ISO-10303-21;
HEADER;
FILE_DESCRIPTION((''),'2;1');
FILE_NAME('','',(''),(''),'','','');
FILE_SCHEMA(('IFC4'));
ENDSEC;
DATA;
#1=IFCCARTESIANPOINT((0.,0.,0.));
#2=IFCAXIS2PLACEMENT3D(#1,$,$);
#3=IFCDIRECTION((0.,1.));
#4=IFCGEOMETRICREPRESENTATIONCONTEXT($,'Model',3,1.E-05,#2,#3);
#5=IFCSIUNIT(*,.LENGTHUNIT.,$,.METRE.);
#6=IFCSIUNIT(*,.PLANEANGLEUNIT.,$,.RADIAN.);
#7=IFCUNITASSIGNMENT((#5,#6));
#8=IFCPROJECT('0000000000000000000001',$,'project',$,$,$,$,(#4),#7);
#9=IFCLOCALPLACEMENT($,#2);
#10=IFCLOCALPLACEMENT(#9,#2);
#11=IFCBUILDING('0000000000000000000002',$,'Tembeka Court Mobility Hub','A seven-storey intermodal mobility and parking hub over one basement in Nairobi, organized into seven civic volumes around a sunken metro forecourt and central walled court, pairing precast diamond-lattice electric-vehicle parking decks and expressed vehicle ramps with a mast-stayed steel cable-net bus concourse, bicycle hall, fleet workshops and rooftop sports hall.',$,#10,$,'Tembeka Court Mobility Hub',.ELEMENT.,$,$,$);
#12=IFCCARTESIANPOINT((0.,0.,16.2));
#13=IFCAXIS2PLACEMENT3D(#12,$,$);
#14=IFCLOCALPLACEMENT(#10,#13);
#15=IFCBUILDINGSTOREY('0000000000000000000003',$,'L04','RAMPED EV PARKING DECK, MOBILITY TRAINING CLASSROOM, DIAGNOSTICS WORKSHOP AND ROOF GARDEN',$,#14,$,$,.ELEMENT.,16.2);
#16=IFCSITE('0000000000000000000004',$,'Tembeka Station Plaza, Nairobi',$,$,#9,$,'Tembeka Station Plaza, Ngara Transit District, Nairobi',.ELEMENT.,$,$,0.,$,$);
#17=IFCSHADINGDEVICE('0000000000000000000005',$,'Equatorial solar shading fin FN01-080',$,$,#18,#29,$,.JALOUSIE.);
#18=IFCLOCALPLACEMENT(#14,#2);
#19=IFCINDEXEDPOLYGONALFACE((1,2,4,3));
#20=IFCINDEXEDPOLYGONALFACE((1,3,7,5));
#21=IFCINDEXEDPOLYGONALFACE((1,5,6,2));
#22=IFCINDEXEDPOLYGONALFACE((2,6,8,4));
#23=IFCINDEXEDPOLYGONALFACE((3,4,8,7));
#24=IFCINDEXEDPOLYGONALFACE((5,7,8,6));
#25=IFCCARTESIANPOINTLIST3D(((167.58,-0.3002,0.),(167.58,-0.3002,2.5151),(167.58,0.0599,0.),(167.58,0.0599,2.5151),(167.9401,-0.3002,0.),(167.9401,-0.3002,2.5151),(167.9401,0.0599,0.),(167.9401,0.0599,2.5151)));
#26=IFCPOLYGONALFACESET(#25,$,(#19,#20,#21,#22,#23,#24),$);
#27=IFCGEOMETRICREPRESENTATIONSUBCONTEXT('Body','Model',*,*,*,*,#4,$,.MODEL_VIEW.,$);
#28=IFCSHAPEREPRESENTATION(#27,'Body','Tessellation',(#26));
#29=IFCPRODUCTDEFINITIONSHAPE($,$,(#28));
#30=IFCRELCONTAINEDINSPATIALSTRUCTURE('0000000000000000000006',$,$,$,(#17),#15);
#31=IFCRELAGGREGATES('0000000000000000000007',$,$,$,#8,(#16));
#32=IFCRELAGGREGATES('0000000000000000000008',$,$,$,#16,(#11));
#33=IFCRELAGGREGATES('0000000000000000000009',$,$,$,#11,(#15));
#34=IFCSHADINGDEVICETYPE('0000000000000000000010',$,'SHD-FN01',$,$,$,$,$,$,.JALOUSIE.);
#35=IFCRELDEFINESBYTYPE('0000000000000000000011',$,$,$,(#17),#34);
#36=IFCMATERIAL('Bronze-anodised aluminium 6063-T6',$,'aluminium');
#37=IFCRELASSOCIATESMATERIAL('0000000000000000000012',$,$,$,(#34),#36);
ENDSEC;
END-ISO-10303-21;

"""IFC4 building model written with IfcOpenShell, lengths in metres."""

from ifc_helpers import new_model, si_unit, direction, frame, origin, origin_2d, place, context, subcontext, project, spatial, rectangle, extrude, material, material_profile, profile_set, type_object, element, save


model = new_model("IFC4")

# Units and contexts
model_context = context("Model", 3, precision=1e-05, world=origin(), true_north=direction((0.0, 1.0)))
body_context = subcontext(model_context, "Body", "Model", "MODEL_VIEW")
ifc_project = project(units=[si_unit("LENGTHUNIT", "METRE"), si_unit("PLANEANGLEUNIT", "RADIAN")], contexts=[model_context])

# Site, building, storey
site_placement = place(None, origin())
site = spatial("IfcSite", under=ifc_project, at=site_placement, Name="Tembeka Station Plaza, Nairobi", LongName="Tembeka Station Plaza, Ngara Transit District, Nairobi", CompositionType="ELEMENT", RefElevation=0.0)
building_placement = place(site_placement, origin())
building = spatial("IfcBuilding", under=site, at=building_placement, Name="Tembeka Court Mobility Hub", Description="A seven-storey intermodal mobility and parking hub over one basement in Nairobi, organized into seven civic volumes around a sunken metro forecourt and central walled court, pairing precast diamond-lattice electric-vehicle parking decks and expressed vehicle ramps with a mast-stayed steel cable-net bus concourse, bicycle hall, fleet workshops and rooftop sports hall.", LongName="Tembeka Court Mobility Hub", CompositionType="ELEMENT")
storey_placement = place(building_placement, frame((0.0, 0.0, 16.2)))
storey = spatial("IfcBuildingStorey", under=building, at=storey_placement, Name="L04", Description="RAMPED EV PARKING DECK, MOBILITY TRAINING CLASSROOM, DIAGNOSTICS WORKSHOP AND ROOF GARDEN", CompositionType="ELEMENT", Elevation=16.2)

# Shading device
ifc_material_1 = material(Name="Bronze-anodised aluminium 6063-T6", Category="aluminium")
ifc_material_profile_1 = material_profile(ifc_material_1, rectangle(XDim=0.3601, YDim=0.3601, at=origin_2d()), Name="ALU-FIN 360x360")
ifc_profile_set_1 = profile_set([ifc_material_profile_1], Name="Bronze-anodised aluminium 6063-T6")
shading_device_type = type_object("IfcShadingDeviceType", Name="SHD-FN01", PredefinedType="JALOUSIE", material=ifc_profile_set_1)
shading_device_placement = place(storey_placement, frame((167.76, -0.1201, 0.0), z_axis=(0.0, 0.0, 1.0), x_axis=(1.0, 0.0, 0.0)))
element("IfcShadingDevice", 1, at=shading_device_placement, inside=storey, type_object=shading_device_type, Name="Equatorial solar shading fin FN01-080", PredefinedType="JALOUSIE", context=body_context, shape_type="SweptSolid", body=[
    extrude(rectangle(XDim=0.3601, YDim=0.3601, at=origin_2d()), origin(), (0.0, 0.0, 1.0), 2.5151),
])

save(model, "model.ifc")
